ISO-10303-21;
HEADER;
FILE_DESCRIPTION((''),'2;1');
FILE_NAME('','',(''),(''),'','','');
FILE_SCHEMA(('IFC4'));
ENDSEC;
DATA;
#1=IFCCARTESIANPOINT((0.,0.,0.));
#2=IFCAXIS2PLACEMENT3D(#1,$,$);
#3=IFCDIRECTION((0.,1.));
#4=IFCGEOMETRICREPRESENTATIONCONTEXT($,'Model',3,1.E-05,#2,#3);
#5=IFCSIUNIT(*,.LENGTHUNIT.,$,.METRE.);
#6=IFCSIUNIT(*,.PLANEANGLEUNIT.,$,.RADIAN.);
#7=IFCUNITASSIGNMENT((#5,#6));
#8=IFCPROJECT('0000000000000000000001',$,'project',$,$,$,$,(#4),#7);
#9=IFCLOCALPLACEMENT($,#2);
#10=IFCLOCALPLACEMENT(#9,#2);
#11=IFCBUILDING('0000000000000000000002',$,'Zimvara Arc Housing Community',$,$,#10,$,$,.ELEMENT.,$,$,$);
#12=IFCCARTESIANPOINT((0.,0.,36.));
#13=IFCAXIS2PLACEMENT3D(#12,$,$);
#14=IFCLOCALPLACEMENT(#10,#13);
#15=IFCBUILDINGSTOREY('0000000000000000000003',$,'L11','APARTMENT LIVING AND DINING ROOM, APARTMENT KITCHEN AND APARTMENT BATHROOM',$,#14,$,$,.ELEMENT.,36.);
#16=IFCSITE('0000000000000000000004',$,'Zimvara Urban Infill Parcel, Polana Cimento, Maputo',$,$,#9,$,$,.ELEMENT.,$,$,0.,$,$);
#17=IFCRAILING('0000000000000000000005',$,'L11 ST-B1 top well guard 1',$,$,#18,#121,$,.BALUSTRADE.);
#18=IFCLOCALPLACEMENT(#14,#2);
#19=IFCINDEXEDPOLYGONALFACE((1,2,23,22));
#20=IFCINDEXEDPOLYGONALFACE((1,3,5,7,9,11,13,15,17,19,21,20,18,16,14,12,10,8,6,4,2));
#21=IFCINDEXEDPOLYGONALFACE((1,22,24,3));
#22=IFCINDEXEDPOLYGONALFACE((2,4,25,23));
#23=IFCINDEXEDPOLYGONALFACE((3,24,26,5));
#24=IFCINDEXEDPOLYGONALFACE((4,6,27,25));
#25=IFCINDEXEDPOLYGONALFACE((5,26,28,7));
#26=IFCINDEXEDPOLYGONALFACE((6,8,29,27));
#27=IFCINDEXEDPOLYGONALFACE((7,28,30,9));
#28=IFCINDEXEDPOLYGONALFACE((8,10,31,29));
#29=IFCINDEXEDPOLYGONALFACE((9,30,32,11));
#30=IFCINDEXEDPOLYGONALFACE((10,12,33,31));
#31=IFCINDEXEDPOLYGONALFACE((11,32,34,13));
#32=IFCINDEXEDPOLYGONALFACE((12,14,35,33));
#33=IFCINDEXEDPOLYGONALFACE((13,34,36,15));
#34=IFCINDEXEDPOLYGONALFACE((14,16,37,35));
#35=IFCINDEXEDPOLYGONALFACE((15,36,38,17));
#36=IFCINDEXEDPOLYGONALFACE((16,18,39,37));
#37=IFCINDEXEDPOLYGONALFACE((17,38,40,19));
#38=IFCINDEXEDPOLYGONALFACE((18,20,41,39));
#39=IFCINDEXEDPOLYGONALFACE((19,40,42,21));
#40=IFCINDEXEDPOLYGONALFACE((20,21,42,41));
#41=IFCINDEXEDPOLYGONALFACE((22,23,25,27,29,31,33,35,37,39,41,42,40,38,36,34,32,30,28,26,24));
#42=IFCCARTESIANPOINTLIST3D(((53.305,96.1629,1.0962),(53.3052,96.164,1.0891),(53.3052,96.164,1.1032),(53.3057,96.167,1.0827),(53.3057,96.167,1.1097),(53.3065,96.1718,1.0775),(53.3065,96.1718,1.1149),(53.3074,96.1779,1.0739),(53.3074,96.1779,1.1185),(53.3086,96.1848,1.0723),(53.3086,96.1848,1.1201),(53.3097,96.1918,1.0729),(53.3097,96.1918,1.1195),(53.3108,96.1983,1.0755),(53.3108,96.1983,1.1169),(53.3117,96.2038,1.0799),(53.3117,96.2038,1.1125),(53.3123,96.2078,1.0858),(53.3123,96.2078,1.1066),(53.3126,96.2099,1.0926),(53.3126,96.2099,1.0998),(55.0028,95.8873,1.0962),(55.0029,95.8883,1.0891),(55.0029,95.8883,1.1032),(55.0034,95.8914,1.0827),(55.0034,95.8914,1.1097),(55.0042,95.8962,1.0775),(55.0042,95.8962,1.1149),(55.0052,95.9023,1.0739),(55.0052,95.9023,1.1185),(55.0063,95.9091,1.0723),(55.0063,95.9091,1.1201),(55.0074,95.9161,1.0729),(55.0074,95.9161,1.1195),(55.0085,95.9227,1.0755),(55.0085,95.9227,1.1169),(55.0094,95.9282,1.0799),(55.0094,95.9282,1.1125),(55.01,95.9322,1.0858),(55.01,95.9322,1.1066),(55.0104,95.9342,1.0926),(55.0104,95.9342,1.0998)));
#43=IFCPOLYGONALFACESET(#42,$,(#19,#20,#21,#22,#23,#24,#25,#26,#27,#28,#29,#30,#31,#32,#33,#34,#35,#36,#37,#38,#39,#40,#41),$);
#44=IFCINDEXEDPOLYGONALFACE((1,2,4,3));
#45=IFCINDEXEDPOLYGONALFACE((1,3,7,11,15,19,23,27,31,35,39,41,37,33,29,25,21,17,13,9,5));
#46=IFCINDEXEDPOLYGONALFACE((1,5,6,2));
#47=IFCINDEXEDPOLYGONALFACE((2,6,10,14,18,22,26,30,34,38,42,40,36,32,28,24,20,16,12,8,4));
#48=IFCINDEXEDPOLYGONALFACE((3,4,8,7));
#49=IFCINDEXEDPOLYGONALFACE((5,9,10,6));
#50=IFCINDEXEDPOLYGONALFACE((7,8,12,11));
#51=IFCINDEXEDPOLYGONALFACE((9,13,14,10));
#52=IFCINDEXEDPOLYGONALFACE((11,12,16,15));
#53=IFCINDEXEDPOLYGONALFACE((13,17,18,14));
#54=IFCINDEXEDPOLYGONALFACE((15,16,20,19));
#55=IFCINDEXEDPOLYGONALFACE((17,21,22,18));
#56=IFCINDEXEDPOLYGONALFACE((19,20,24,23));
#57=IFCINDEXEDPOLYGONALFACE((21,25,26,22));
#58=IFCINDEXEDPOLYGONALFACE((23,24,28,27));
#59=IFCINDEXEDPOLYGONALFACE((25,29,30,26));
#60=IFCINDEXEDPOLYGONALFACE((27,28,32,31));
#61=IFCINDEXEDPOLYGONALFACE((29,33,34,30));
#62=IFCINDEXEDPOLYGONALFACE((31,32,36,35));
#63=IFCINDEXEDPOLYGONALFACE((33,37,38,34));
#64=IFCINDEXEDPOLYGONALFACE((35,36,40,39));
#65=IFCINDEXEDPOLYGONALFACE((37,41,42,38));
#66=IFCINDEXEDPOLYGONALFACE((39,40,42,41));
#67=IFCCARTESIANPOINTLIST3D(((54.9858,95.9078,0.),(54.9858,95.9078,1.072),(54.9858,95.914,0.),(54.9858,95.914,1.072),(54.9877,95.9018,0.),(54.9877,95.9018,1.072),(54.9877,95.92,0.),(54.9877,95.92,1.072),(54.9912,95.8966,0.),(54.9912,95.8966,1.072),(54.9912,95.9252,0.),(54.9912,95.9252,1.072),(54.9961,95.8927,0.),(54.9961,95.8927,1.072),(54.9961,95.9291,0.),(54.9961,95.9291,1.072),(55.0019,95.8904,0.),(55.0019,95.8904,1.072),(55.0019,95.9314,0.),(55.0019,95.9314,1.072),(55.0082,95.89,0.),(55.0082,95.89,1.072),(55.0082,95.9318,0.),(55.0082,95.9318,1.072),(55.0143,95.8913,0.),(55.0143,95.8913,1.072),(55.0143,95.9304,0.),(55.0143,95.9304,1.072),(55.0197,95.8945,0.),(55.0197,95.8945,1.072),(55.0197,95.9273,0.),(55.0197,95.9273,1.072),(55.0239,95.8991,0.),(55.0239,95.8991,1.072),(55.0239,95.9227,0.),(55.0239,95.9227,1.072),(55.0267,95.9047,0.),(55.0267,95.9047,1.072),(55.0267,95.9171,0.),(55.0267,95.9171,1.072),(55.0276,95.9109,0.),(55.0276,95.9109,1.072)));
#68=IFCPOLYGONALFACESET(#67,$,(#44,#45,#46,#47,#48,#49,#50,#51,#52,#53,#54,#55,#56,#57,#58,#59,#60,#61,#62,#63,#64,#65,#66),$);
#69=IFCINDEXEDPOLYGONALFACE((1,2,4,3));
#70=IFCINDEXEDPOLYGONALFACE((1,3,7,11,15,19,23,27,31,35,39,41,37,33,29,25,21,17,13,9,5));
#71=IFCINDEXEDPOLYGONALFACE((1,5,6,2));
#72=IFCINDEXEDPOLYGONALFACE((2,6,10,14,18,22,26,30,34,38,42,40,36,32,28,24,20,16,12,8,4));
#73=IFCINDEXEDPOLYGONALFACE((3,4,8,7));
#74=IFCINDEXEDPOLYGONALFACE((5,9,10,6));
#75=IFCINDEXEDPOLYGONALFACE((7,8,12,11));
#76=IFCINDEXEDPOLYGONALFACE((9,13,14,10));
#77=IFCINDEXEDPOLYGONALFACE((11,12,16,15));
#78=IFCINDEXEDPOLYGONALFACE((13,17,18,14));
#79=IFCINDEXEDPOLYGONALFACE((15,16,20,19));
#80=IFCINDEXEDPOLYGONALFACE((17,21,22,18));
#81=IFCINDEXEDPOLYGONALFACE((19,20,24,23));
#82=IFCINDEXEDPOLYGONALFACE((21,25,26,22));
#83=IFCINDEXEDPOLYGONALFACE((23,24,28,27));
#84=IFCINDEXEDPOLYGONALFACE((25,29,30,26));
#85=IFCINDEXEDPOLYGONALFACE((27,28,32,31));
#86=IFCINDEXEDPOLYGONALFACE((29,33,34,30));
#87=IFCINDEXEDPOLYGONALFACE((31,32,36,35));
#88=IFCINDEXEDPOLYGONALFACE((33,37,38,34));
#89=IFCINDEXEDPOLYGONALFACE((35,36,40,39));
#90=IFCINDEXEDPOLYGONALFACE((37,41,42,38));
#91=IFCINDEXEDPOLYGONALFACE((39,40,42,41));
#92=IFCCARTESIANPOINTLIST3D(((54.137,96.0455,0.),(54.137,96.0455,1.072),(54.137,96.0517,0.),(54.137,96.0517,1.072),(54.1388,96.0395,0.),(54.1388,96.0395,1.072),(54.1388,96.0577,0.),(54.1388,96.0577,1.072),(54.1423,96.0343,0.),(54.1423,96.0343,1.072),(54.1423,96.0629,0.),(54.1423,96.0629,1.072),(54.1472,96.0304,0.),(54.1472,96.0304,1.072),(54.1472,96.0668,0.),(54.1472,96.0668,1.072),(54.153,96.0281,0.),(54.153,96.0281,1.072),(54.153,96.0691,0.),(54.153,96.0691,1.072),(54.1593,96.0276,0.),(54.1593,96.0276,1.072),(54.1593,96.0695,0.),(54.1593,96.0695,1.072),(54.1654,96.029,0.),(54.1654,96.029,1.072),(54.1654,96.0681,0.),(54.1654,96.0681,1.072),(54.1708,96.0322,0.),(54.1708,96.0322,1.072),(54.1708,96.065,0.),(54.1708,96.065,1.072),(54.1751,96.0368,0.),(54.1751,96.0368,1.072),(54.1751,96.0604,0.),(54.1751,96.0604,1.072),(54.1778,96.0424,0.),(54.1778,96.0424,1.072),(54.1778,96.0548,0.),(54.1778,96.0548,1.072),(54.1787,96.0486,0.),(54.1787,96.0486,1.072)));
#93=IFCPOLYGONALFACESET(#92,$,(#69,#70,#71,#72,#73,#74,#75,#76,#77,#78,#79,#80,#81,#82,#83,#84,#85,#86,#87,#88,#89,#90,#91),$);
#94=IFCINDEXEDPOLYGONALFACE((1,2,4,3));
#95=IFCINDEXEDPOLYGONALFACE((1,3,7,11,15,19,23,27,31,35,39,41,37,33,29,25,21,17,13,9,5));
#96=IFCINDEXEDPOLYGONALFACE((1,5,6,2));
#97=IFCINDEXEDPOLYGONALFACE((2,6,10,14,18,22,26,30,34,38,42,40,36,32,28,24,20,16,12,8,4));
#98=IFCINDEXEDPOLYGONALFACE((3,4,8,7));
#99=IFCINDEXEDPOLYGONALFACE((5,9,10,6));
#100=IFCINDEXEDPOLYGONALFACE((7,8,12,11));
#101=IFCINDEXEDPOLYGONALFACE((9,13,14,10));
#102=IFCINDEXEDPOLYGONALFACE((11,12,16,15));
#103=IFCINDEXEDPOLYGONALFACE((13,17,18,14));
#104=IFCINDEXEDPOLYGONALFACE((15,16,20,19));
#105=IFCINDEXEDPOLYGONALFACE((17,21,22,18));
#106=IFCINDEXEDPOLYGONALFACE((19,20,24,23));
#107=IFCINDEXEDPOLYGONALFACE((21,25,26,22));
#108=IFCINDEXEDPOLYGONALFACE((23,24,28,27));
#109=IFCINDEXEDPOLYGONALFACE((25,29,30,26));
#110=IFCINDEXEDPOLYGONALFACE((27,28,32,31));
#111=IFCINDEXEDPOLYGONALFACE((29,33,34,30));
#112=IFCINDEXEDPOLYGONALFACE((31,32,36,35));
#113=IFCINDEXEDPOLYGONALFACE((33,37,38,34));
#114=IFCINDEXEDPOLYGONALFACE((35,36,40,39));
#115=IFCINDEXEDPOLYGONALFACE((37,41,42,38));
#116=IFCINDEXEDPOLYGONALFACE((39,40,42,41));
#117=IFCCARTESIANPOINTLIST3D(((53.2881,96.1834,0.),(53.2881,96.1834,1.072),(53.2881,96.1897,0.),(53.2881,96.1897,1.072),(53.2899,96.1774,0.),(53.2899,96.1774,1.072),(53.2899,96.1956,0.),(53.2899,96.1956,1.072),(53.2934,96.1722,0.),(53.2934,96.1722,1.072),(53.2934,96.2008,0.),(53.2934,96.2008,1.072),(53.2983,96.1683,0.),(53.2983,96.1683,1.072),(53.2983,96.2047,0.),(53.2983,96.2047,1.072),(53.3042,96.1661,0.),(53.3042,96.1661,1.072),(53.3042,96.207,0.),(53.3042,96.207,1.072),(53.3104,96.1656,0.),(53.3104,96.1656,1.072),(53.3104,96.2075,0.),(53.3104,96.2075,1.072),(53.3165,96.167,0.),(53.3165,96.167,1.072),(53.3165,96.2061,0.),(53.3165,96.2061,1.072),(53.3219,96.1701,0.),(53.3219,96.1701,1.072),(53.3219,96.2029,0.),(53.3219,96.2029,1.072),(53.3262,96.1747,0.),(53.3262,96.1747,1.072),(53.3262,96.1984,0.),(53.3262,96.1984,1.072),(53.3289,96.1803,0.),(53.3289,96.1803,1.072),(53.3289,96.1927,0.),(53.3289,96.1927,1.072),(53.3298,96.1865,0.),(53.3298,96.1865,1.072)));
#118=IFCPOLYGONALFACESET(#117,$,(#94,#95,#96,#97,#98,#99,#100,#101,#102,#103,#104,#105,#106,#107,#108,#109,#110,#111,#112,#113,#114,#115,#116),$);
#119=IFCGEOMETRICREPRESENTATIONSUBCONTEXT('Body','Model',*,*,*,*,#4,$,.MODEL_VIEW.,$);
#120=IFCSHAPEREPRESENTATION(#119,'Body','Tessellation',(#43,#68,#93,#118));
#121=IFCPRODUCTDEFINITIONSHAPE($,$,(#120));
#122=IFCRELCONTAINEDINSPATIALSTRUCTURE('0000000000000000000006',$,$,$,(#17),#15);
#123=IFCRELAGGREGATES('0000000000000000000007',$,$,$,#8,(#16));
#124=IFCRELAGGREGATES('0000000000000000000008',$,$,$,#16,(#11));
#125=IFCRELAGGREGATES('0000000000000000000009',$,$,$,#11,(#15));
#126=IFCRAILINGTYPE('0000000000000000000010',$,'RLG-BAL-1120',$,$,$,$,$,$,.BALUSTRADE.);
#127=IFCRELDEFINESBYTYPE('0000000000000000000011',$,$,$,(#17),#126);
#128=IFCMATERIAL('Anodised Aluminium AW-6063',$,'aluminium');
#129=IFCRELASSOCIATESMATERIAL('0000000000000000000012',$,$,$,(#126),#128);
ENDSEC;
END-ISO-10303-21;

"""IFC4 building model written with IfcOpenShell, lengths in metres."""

from ifc_helpers import new_model, si_unit, direction, frame, origin, origin_2d, place, context, subcontext, project, spatial, circle, extrude, material, type_object, element, save


model = new_model("IFC4")

# Units and contexts
model_context = context("Model", 3, precision=1e-05, world=origin(), true_north=direction((0.0, 1.0)))
body_context = subcontext(model_context, "Body", "Model", "MODEL_VIEW")
ifc_project = project(units=[si_unit("LENGTHUNIT", "METRE"), si_unit("PLANEANGLEUNIT", "RADIAN")], contexts=[model_context])

# Site, building, storey
site_placement = place(None, origin())
site = spatial("IfcSite", under=ifc_project, at=site_placement, Name="Zimvara Urban Infill Parcel, Polana Cimento, Maputo", CompositionType="ELEMENT", RefElevation=0.0)
building_placement = place(site_placement, origin())
building = spatial("IfcBuilding", under=site, at=building_placement, Name="Zimvara Arc Housing Community", CompositionType="ELEMENT")
storey_placement = place(building_placement, frame((0.0, 0.0, 36.0)))
storey = spatial("IfcBuildingStorey", under=building, at=storey_placement, Name="L11", Description="APARTMENT LIVING AND DINING ROOM, APARTMENT KITCHEN AND APARTMENT BATHROOM", CompositionType="ELEMENT", Elevation=36.0)

# Railing
ifc_material_1 = material(Name="Anodised Aluminium AW-6063", Category="aluminium")
railing_type = type_object("IfcRailingType", Name="RLG-BAL-1120", PredefinedType="BALUSTRADE", material=ifc_material_1)
railing_placement = place(storey_placement, frame((55.0066, 95.9109, 0.0)))
element("IfcRailing", 1, at=railing_placement, inside=storey, type_object=railing_type, Name="L11 ST-B1 top well guard 1", PredefinedType="BALUSTRADE", context=body_context, shape_type="SweptSolid", body=[
    extrude(circle(Radius=0.0239, at=origin_2d()), frame((0.0, 0.0, 1.0962), z_axis=(-0.987076, 0.160254, 0.0), x_axis=(-0.160254, -0.987076, 0.0)), (0.0, 0.0, 1.0), 1.72),
    extrude(circle(Radius=0.021, at=origin_2d()), origin(), (0.0, 0.0, 1.0), 1.072),
    extrude(circle(Radius=0.021, at=origin_2d()), frame((-0.8489, 0.1377, 0.0)), (0.0, 0.0, 1.0), 1.072),
    extrude(circle(Radius=0.021, at=origin_2d()), frame((-1.6978, 0.2756, 0.0)), (0.0, 0.0, 1.0), 1.072),
])

save(model, "model.ifc")
